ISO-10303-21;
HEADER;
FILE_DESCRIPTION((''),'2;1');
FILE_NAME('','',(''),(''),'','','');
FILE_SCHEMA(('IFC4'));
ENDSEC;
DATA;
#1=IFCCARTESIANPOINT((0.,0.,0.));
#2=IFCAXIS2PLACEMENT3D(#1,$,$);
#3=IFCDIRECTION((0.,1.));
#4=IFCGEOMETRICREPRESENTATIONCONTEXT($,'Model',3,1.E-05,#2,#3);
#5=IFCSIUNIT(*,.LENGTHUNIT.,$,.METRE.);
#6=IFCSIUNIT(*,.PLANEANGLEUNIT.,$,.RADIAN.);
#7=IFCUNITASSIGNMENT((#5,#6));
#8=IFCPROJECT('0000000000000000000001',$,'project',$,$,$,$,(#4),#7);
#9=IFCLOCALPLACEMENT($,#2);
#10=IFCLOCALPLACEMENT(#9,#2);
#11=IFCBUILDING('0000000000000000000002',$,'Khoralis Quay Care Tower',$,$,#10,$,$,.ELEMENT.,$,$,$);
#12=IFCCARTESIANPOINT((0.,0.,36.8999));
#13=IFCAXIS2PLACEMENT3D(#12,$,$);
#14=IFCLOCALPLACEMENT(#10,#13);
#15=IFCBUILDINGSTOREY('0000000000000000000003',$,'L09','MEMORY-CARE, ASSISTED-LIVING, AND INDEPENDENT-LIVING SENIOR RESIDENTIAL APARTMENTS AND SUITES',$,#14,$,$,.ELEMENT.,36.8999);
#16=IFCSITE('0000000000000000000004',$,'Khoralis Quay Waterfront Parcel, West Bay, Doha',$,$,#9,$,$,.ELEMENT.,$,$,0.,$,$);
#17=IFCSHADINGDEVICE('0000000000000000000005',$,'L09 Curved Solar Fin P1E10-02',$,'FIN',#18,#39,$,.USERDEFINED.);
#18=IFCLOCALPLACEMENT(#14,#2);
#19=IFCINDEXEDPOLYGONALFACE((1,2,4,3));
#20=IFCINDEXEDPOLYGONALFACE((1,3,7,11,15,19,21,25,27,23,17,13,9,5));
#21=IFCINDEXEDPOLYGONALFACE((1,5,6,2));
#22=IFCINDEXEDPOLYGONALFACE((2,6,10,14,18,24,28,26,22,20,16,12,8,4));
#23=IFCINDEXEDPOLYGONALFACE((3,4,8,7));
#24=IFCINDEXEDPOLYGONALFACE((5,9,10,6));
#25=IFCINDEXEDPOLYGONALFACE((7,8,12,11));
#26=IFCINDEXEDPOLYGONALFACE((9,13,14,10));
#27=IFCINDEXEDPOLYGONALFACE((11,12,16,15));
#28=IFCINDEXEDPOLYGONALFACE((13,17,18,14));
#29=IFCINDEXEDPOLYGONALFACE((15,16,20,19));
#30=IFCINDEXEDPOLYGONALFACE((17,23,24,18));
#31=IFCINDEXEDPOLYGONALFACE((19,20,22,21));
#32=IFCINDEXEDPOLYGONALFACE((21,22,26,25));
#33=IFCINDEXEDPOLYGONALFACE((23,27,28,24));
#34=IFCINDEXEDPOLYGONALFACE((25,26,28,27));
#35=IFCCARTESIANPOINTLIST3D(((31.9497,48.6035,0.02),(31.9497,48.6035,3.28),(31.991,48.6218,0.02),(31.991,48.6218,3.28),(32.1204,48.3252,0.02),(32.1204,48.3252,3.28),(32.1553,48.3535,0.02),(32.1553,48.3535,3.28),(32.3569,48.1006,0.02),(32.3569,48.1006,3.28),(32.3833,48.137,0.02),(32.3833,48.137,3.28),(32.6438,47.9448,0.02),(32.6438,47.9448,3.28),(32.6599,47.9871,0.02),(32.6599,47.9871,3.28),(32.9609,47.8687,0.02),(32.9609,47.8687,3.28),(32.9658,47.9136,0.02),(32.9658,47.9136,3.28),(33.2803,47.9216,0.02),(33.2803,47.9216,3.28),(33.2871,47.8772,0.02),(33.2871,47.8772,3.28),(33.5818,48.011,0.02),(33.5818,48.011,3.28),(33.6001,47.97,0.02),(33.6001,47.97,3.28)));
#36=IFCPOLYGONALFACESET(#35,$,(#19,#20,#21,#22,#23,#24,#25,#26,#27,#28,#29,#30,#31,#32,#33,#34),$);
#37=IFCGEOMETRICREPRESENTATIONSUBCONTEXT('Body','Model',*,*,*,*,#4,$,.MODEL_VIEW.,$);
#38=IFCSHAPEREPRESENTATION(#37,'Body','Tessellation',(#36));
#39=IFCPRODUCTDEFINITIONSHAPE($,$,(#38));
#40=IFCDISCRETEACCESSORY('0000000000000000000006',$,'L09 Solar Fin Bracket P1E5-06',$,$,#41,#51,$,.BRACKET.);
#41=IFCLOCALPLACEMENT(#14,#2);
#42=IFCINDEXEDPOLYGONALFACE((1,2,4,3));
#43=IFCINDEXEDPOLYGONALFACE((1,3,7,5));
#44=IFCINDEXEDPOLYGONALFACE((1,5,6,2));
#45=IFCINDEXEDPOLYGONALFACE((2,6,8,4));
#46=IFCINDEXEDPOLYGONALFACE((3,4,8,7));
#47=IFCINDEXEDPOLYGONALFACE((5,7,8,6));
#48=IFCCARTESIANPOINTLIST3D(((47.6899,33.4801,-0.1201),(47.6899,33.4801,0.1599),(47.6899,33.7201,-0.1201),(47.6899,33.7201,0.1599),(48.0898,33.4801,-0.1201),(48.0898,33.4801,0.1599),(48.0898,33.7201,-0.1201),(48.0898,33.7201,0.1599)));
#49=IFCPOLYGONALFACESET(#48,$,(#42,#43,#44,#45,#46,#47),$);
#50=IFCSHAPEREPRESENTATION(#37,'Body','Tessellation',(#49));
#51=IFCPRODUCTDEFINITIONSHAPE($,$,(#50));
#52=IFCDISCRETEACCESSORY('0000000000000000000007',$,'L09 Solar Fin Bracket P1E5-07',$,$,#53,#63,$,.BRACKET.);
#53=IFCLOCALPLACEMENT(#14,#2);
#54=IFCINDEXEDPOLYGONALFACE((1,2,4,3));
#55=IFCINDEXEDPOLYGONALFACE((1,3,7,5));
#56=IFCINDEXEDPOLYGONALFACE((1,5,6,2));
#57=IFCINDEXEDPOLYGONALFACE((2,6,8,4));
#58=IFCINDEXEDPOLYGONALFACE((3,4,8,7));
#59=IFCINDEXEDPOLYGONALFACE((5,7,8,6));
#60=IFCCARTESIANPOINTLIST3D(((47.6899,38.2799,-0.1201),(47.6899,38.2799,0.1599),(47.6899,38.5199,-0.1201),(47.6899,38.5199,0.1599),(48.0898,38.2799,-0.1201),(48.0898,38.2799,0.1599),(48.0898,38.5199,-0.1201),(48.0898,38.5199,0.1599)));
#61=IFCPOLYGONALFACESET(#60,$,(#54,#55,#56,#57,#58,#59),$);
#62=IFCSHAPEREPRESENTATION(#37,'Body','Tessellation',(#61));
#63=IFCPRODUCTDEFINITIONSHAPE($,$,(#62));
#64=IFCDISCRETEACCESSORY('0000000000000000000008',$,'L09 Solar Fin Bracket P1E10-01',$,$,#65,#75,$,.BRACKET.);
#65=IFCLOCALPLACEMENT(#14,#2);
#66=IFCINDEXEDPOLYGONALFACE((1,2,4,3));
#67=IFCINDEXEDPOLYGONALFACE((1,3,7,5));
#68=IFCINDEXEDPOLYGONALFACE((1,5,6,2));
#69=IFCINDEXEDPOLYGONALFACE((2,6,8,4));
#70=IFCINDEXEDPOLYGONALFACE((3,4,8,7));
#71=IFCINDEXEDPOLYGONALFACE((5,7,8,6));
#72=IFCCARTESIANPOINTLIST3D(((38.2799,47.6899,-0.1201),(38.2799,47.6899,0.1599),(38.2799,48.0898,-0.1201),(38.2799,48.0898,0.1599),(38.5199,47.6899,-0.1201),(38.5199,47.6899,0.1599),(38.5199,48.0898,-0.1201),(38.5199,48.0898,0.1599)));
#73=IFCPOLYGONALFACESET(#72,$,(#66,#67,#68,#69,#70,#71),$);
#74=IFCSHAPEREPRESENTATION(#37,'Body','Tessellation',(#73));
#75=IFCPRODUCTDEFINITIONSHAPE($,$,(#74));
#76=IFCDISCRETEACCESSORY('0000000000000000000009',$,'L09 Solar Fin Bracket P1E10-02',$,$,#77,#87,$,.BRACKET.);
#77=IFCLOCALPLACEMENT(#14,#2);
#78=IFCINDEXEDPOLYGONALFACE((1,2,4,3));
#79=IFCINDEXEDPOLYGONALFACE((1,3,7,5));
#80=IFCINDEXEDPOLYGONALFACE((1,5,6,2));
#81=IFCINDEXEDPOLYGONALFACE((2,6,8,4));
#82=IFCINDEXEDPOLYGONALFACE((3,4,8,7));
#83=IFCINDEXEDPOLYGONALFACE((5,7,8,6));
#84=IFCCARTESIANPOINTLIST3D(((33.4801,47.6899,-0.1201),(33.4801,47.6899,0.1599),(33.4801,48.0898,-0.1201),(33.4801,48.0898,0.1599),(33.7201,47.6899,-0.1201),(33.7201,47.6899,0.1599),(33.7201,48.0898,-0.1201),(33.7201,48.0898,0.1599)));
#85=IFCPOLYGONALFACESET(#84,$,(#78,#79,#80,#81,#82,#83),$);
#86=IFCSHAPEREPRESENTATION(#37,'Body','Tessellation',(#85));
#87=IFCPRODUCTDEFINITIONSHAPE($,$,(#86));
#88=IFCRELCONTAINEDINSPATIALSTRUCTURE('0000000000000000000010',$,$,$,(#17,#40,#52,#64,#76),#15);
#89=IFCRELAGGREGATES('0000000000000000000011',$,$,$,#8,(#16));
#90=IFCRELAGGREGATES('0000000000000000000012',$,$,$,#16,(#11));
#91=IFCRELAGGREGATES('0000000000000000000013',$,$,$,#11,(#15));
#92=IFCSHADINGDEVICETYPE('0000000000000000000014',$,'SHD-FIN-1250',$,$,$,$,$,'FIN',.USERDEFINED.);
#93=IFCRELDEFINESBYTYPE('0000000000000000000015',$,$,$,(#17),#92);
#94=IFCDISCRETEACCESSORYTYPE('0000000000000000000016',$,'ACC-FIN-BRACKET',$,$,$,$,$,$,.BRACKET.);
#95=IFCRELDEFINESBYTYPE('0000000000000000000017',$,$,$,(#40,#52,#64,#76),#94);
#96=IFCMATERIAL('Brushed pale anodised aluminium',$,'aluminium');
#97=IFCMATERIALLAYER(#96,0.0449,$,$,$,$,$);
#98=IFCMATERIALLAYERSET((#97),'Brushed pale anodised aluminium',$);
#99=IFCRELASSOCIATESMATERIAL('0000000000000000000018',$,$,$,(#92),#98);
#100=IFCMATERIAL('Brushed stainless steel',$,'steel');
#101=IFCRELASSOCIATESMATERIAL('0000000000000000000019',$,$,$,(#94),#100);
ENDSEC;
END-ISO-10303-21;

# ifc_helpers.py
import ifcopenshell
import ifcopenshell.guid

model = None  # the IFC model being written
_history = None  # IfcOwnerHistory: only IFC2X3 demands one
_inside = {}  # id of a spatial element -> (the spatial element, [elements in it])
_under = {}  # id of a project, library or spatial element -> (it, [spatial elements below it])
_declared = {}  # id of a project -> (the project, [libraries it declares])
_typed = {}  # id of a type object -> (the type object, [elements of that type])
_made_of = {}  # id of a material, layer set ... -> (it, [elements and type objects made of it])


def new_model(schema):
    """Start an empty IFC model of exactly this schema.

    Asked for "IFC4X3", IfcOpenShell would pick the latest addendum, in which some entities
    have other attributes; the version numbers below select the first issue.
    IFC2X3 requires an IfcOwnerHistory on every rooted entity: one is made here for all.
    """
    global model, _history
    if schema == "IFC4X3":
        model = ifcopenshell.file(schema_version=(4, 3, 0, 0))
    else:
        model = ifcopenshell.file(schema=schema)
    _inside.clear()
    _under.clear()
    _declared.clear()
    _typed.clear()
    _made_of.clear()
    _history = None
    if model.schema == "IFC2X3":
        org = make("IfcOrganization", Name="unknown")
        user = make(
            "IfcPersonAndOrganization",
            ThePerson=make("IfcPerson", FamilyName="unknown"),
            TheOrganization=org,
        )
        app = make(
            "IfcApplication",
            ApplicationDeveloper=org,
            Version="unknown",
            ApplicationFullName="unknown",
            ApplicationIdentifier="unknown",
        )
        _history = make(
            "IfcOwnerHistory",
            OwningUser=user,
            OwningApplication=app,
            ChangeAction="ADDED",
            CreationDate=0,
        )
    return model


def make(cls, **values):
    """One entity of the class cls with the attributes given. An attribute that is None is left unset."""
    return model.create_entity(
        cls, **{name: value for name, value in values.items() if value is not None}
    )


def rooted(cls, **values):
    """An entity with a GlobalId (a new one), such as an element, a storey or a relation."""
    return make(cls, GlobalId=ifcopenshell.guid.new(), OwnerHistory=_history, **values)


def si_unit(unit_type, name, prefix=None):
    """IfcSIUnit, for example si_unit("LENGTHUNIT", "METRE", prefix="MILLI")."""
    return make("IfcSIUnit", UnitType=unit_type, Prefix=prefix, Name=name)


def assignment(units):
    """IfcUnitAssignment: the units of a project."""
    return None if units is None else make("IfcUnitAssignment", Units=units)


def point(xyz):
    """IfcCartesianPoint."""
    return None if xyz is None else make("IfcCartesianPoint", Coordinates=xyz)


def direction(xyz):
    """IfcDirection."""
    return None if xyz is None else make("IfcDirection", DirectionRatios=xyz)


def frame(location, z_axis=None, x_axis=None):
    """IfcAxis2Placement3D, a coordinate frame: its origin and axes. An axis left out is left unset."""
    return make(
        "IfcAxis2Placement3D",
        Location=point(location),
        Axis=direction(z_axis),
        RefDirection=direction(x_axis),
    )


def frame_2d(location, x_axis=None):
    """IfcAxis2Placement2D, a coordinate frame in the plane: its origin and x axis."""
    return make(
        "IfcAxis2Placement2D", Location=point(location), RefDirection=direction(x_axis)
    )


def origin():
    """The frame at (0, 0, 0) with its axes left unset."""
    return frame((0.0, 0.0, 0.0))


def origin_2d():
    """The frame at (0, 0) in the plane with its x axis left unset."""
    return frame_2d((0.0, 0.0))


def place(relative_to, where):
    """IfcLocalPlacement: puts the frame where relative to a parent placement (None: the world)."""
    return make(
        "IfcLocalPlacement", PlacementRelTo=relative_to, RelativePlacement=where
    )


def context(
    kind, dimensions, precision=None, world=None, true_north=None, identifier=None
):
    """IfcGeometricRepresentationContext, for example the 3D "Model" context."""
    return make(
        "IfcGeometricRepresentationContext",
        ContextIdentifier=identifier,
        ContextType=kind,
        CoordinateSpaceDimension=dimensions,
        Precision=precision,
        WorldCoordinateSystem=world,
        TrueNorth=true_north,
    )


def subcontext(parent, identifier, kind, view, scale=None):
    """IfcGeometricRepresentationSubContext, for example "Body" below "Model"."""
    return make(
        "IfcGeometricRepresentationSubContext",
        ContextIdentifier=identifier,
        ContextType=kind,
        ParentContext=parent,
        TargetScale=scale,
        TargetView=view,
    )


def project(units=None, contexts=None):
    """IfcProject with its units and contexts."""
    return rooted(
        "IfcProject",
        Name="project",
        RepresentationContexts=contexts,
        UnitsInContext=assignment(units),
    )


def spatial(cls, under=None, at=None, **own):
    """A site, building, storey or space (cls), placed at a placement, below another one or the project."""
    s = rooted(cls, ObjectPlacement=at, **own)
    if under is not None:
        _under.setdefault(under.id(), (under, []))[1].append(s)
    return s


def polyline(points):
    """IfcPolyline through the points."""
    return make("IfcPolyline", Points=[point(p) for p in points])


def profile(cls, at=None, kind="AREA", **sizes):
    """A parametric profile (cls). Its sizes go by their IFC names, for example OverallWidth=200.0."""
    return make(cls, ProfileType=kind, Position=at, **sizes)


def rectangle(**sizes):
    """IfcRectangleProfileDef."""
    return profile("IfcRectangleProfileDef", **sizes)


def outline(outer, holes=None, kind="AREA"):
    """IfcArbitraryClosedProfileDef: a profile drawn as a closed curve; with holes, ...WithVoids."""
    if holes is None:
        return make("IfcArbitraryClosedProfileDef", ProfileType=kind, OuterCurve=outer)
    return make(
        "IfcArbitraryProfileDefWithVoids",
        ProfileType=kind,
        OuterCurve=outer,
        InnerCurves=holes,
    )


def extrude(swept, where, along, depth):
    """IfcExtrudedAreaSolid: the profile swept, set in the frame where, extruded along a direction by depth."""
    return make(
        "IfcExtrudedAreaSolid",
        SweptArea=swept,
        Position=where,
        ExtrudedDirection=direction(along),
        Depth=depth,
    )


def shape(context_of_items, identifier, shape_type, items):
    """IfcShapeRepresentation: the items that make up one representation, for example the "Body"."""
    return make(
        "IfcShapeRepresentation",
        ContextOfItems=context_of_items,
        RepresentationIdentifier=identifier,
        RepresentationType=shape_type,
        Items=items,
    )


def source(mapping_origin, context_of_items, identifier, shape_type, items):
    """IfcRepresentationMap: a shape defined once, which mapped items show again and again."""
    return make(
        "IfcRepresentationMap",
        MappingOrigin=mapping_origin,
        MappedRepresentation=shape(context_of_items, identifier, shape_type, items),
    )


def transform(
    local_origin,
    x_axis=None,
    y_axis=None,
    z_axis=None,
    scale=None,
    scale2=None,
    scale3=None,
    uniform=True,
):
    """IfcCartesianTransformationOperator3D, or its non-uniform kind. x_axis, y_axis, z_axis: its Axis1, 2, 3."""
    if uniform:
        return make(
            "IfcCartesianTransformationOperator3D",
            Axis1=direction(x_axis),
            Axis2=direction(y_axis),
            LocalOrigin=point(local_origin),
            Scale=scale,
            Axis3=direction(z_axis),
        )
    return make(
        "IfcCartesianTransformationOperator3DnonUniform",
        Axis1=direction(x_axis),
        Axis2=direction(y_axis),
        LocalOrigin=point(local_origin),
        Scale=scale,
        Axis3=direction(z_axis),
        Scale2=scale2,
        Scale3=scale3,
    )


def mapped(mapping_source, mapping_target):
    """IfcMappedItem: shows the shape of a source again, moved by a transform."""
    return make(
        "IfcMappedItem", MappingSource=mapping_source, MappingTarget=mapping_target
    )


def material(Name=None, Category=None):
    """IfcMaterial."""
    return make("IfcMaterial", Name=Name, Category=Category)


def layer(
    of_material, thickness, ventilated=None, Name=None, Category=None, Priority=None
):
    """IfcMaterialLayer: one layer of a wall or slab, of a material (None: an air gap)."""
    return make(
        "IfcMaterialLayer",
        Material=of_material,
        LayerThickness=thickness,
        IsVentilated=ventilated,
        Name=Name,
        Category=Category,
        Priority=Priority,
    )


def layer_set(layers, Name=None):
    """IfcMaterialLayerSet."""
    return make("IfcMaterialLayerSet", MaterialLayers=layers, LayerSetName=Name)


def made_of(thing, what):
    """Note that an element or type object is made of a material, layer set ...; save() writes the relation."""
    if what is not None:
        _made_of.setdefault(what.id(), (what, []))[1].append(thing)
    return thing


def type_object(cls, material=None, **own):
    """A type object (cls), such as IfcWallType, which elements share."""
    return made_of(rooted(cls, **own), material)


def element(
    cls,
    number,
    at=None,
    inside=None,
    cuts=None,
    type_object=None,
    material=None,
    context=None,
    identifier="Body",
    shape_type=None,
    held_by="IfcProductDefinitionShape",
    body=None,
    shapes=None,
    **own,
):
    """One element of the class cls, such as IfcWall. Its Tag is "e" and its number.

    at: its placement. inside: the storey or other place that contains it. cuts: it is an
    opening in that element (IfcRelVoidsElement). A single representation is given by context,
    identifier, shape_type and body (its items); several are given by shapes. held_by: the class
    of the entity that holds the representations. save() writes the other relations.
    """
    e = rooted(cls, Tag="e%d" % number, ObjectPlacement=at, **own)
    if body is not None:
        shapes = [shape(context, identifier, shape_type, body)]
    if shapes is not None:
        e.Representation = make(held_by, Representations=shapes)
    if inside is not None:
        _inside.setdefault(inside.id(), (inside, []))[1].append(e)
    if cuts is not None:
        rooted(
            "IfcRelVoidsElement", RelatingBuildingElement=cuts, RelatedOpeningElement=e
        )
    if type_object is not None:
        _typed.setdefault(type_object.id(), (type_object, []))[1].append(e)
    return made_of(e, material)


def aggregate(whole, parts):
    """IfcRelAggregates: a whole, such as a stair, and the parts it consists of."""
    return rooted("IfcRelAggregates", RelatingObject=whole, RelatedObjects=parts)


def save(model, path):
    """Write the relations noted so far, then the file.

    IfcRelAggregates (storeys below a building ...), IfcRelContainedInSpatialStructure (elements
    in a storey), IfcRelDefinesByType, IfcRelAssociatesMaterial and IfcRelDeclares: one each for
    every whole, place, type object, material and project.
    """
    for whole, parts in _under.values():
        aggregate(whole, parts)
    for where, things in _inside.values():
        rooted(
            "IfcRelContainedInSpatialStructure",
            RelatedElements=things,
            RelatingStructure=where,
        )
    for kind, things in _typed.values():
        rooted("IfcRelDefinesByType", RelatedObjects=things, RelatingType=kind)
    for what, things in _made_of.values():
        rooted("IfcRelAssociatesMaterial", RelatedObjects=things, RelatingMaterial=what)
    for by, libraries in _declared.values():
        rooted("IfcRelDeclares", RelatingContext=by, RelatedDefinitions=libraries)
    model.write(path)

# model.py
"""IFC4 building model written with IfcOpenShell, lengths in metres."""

from ifc_helpers import new_model, si_unit, direction, frame, origin, origin_2d, place, context, subcontext, project, spatial, polyline, rectangle, outline, extrude, source, transform, mapped, material, layer, layer_set, type_object, element, save


model = new_model("IFC4")

# Units and contexts
model_context = context("Model", 3, precision=1e-05, world=origin(), true_north=direction((0.0, 1.0)))
body_context = subcontext(model_context, "Body", "Model", "MODEL_VIEW")
ifc_project = project(units=[si_unit("LENGTHUNIT", "METRE"), si_unit("PLANEANGLEUNIT", "RADIAN")], contexts=[model_context])

# Site, building, storey
site_placement = place(None, origin())
site = spatial("IfcSite", under=ifc_project, at=site_placement, Name="Khoralis Quay Waterfront Parcel, West Bay, Doha", CompositionType="ELEMENT", RefElevation=0.0)
building_placement = place(site_placement, origin())
building = spatial("IfcBuilding", under=site, at=building_placement, Name="Khoralis Quay Care Tower", CompositionType="ELEMENT")
storey_placement = place(building_placement, frame((0.0, 0.0, 36.8999)))
storey = spatial("IfcBuildingStorey", under=building, at=storey_placement, Name="L09", Description="MEMORY-CARE, ASSISTED-LIVING, AND INDEPENDENT-LIVING SENIOR RESIDENTIAL APARTMENTS AND SUITES", CompositionType="ELEMENT", Elevation=36.8999)

# Shading device
ifc_material_1 = material(Name="Brushed pale anodised aluminium", Category="aluminium")
ifc_layer_1 = layer(ifc_material_1, 0.0449)
ifc_layer_set_1 = layer_set([ifc_layer_1], Name="Brushed pale anodised aluminium")
shading_device_type = type_object("IfcShadingDeviceType", Name="SHD-FIN-1250", ElementType="FIN", PredefinedType="USERDEFINED", material=ifc_layer_set_1)
shared_shape_1 = source(origin(), body_context, "Body", "SweptSolid", [
    extrude(outline(polyline([(0.0, 0.0), (-0.0928, 0.313), (-0.1013, 0.6392), (-0.0251, 0.9563), (0.1306, 1.2432), (0.3552, 1.4797), (0.6335, 1.6504), (0.6519, 1.6091), (0.3835, 1.4448), (0.167, 1.2168), (0.0171, 0.9402), (-0.0564, 0.6343), (-0.0483, 0.3198), (0.041, 0.0183), (0.0, 0.0)])), origin(), (0.0, 0.0, 1.0), 3.26),
])
for number, where, z_axis, x_axis, name in (
    (1, (33.6001, 47.97, 0.02), (0.0, 0.0, 1.0), (0.0, 1.0, 0.0), "L09 Curved Solar Fin P1E10-02"),
):
    element("IfcShadingDevice", number, at=place(storey_placement, frame(where, z_axis=z_axis, x_axis=x_axis)), inside=storey, type_object=shading_device_type, Name=name, ObjectType="FIN", PredefinedType="USERDEFINED", context=body_context, shape_type="MappedRepresentation", body=[
        mapped(shared_shape_1, transform((0.0, 0.0, 0.0), scale=1.0)),
    ])

# Discrete accessories
ifc_material_2 = material(Name="Brushed stainless steel", Category="steel")
discrete_accessory_type = type_object("IfcDiscreteAccessoryType", Name="ACC-FIN-BRACKET", PredefinedType="BRACKET", material=ifc_material_2)
shared_shape_2 = source(origin(), body_context, "Body", "SweptSolid", [
    extrude(rectangle(XDim=0.3999, YDim=0.24, at=origin_2d()), origin(), (0.0, 0.0, 1.0), 0.28),
])
for number, where, z_axis, x_axis, name in (
    (2, (47.8899, 33.6001, -0.1201), (0.0, 0.0, 1.0), (1.0, 0.0, 0.0), "L09 Solar Fin Bracket P1E5-06"),
    (3, (47.8899, 38.3999, -0.1201), (0.0, 0.0, 1.0), (1.0, 0.0, 0.0), "L09 Solar Fin Bracket P1E5-07"),
    (4, (38.3999, 47.8899, -0.1201), (0.0, 0.0, 1.0), (0.0, 1.0, 0.0), "L09 Solar Fin Bracket P1E10-01"),
    (5, (33.6001, 47.8899, -0.1201), (0.0, 0.0, 1.0), (0.0, 1.0, 0.0), "L09 Solar Fin Bracket P1E10-02"),
):
    element("IfcDiscreteAccessory", number, at=place(storey_placement, frame(where, z_axis=z_axis, x_axis=x_axis)), inside=storey, type_object=discrete_accessory_type, Name=name, PredefinedType="BRACKET", context=body_context, shape_type="MappedRepresentation", body=[
        mapped(shared_shape_2, transform((0.0, 0.0, 0.0), scale=1.0)),
    ])

save(model, "model.ifc")
